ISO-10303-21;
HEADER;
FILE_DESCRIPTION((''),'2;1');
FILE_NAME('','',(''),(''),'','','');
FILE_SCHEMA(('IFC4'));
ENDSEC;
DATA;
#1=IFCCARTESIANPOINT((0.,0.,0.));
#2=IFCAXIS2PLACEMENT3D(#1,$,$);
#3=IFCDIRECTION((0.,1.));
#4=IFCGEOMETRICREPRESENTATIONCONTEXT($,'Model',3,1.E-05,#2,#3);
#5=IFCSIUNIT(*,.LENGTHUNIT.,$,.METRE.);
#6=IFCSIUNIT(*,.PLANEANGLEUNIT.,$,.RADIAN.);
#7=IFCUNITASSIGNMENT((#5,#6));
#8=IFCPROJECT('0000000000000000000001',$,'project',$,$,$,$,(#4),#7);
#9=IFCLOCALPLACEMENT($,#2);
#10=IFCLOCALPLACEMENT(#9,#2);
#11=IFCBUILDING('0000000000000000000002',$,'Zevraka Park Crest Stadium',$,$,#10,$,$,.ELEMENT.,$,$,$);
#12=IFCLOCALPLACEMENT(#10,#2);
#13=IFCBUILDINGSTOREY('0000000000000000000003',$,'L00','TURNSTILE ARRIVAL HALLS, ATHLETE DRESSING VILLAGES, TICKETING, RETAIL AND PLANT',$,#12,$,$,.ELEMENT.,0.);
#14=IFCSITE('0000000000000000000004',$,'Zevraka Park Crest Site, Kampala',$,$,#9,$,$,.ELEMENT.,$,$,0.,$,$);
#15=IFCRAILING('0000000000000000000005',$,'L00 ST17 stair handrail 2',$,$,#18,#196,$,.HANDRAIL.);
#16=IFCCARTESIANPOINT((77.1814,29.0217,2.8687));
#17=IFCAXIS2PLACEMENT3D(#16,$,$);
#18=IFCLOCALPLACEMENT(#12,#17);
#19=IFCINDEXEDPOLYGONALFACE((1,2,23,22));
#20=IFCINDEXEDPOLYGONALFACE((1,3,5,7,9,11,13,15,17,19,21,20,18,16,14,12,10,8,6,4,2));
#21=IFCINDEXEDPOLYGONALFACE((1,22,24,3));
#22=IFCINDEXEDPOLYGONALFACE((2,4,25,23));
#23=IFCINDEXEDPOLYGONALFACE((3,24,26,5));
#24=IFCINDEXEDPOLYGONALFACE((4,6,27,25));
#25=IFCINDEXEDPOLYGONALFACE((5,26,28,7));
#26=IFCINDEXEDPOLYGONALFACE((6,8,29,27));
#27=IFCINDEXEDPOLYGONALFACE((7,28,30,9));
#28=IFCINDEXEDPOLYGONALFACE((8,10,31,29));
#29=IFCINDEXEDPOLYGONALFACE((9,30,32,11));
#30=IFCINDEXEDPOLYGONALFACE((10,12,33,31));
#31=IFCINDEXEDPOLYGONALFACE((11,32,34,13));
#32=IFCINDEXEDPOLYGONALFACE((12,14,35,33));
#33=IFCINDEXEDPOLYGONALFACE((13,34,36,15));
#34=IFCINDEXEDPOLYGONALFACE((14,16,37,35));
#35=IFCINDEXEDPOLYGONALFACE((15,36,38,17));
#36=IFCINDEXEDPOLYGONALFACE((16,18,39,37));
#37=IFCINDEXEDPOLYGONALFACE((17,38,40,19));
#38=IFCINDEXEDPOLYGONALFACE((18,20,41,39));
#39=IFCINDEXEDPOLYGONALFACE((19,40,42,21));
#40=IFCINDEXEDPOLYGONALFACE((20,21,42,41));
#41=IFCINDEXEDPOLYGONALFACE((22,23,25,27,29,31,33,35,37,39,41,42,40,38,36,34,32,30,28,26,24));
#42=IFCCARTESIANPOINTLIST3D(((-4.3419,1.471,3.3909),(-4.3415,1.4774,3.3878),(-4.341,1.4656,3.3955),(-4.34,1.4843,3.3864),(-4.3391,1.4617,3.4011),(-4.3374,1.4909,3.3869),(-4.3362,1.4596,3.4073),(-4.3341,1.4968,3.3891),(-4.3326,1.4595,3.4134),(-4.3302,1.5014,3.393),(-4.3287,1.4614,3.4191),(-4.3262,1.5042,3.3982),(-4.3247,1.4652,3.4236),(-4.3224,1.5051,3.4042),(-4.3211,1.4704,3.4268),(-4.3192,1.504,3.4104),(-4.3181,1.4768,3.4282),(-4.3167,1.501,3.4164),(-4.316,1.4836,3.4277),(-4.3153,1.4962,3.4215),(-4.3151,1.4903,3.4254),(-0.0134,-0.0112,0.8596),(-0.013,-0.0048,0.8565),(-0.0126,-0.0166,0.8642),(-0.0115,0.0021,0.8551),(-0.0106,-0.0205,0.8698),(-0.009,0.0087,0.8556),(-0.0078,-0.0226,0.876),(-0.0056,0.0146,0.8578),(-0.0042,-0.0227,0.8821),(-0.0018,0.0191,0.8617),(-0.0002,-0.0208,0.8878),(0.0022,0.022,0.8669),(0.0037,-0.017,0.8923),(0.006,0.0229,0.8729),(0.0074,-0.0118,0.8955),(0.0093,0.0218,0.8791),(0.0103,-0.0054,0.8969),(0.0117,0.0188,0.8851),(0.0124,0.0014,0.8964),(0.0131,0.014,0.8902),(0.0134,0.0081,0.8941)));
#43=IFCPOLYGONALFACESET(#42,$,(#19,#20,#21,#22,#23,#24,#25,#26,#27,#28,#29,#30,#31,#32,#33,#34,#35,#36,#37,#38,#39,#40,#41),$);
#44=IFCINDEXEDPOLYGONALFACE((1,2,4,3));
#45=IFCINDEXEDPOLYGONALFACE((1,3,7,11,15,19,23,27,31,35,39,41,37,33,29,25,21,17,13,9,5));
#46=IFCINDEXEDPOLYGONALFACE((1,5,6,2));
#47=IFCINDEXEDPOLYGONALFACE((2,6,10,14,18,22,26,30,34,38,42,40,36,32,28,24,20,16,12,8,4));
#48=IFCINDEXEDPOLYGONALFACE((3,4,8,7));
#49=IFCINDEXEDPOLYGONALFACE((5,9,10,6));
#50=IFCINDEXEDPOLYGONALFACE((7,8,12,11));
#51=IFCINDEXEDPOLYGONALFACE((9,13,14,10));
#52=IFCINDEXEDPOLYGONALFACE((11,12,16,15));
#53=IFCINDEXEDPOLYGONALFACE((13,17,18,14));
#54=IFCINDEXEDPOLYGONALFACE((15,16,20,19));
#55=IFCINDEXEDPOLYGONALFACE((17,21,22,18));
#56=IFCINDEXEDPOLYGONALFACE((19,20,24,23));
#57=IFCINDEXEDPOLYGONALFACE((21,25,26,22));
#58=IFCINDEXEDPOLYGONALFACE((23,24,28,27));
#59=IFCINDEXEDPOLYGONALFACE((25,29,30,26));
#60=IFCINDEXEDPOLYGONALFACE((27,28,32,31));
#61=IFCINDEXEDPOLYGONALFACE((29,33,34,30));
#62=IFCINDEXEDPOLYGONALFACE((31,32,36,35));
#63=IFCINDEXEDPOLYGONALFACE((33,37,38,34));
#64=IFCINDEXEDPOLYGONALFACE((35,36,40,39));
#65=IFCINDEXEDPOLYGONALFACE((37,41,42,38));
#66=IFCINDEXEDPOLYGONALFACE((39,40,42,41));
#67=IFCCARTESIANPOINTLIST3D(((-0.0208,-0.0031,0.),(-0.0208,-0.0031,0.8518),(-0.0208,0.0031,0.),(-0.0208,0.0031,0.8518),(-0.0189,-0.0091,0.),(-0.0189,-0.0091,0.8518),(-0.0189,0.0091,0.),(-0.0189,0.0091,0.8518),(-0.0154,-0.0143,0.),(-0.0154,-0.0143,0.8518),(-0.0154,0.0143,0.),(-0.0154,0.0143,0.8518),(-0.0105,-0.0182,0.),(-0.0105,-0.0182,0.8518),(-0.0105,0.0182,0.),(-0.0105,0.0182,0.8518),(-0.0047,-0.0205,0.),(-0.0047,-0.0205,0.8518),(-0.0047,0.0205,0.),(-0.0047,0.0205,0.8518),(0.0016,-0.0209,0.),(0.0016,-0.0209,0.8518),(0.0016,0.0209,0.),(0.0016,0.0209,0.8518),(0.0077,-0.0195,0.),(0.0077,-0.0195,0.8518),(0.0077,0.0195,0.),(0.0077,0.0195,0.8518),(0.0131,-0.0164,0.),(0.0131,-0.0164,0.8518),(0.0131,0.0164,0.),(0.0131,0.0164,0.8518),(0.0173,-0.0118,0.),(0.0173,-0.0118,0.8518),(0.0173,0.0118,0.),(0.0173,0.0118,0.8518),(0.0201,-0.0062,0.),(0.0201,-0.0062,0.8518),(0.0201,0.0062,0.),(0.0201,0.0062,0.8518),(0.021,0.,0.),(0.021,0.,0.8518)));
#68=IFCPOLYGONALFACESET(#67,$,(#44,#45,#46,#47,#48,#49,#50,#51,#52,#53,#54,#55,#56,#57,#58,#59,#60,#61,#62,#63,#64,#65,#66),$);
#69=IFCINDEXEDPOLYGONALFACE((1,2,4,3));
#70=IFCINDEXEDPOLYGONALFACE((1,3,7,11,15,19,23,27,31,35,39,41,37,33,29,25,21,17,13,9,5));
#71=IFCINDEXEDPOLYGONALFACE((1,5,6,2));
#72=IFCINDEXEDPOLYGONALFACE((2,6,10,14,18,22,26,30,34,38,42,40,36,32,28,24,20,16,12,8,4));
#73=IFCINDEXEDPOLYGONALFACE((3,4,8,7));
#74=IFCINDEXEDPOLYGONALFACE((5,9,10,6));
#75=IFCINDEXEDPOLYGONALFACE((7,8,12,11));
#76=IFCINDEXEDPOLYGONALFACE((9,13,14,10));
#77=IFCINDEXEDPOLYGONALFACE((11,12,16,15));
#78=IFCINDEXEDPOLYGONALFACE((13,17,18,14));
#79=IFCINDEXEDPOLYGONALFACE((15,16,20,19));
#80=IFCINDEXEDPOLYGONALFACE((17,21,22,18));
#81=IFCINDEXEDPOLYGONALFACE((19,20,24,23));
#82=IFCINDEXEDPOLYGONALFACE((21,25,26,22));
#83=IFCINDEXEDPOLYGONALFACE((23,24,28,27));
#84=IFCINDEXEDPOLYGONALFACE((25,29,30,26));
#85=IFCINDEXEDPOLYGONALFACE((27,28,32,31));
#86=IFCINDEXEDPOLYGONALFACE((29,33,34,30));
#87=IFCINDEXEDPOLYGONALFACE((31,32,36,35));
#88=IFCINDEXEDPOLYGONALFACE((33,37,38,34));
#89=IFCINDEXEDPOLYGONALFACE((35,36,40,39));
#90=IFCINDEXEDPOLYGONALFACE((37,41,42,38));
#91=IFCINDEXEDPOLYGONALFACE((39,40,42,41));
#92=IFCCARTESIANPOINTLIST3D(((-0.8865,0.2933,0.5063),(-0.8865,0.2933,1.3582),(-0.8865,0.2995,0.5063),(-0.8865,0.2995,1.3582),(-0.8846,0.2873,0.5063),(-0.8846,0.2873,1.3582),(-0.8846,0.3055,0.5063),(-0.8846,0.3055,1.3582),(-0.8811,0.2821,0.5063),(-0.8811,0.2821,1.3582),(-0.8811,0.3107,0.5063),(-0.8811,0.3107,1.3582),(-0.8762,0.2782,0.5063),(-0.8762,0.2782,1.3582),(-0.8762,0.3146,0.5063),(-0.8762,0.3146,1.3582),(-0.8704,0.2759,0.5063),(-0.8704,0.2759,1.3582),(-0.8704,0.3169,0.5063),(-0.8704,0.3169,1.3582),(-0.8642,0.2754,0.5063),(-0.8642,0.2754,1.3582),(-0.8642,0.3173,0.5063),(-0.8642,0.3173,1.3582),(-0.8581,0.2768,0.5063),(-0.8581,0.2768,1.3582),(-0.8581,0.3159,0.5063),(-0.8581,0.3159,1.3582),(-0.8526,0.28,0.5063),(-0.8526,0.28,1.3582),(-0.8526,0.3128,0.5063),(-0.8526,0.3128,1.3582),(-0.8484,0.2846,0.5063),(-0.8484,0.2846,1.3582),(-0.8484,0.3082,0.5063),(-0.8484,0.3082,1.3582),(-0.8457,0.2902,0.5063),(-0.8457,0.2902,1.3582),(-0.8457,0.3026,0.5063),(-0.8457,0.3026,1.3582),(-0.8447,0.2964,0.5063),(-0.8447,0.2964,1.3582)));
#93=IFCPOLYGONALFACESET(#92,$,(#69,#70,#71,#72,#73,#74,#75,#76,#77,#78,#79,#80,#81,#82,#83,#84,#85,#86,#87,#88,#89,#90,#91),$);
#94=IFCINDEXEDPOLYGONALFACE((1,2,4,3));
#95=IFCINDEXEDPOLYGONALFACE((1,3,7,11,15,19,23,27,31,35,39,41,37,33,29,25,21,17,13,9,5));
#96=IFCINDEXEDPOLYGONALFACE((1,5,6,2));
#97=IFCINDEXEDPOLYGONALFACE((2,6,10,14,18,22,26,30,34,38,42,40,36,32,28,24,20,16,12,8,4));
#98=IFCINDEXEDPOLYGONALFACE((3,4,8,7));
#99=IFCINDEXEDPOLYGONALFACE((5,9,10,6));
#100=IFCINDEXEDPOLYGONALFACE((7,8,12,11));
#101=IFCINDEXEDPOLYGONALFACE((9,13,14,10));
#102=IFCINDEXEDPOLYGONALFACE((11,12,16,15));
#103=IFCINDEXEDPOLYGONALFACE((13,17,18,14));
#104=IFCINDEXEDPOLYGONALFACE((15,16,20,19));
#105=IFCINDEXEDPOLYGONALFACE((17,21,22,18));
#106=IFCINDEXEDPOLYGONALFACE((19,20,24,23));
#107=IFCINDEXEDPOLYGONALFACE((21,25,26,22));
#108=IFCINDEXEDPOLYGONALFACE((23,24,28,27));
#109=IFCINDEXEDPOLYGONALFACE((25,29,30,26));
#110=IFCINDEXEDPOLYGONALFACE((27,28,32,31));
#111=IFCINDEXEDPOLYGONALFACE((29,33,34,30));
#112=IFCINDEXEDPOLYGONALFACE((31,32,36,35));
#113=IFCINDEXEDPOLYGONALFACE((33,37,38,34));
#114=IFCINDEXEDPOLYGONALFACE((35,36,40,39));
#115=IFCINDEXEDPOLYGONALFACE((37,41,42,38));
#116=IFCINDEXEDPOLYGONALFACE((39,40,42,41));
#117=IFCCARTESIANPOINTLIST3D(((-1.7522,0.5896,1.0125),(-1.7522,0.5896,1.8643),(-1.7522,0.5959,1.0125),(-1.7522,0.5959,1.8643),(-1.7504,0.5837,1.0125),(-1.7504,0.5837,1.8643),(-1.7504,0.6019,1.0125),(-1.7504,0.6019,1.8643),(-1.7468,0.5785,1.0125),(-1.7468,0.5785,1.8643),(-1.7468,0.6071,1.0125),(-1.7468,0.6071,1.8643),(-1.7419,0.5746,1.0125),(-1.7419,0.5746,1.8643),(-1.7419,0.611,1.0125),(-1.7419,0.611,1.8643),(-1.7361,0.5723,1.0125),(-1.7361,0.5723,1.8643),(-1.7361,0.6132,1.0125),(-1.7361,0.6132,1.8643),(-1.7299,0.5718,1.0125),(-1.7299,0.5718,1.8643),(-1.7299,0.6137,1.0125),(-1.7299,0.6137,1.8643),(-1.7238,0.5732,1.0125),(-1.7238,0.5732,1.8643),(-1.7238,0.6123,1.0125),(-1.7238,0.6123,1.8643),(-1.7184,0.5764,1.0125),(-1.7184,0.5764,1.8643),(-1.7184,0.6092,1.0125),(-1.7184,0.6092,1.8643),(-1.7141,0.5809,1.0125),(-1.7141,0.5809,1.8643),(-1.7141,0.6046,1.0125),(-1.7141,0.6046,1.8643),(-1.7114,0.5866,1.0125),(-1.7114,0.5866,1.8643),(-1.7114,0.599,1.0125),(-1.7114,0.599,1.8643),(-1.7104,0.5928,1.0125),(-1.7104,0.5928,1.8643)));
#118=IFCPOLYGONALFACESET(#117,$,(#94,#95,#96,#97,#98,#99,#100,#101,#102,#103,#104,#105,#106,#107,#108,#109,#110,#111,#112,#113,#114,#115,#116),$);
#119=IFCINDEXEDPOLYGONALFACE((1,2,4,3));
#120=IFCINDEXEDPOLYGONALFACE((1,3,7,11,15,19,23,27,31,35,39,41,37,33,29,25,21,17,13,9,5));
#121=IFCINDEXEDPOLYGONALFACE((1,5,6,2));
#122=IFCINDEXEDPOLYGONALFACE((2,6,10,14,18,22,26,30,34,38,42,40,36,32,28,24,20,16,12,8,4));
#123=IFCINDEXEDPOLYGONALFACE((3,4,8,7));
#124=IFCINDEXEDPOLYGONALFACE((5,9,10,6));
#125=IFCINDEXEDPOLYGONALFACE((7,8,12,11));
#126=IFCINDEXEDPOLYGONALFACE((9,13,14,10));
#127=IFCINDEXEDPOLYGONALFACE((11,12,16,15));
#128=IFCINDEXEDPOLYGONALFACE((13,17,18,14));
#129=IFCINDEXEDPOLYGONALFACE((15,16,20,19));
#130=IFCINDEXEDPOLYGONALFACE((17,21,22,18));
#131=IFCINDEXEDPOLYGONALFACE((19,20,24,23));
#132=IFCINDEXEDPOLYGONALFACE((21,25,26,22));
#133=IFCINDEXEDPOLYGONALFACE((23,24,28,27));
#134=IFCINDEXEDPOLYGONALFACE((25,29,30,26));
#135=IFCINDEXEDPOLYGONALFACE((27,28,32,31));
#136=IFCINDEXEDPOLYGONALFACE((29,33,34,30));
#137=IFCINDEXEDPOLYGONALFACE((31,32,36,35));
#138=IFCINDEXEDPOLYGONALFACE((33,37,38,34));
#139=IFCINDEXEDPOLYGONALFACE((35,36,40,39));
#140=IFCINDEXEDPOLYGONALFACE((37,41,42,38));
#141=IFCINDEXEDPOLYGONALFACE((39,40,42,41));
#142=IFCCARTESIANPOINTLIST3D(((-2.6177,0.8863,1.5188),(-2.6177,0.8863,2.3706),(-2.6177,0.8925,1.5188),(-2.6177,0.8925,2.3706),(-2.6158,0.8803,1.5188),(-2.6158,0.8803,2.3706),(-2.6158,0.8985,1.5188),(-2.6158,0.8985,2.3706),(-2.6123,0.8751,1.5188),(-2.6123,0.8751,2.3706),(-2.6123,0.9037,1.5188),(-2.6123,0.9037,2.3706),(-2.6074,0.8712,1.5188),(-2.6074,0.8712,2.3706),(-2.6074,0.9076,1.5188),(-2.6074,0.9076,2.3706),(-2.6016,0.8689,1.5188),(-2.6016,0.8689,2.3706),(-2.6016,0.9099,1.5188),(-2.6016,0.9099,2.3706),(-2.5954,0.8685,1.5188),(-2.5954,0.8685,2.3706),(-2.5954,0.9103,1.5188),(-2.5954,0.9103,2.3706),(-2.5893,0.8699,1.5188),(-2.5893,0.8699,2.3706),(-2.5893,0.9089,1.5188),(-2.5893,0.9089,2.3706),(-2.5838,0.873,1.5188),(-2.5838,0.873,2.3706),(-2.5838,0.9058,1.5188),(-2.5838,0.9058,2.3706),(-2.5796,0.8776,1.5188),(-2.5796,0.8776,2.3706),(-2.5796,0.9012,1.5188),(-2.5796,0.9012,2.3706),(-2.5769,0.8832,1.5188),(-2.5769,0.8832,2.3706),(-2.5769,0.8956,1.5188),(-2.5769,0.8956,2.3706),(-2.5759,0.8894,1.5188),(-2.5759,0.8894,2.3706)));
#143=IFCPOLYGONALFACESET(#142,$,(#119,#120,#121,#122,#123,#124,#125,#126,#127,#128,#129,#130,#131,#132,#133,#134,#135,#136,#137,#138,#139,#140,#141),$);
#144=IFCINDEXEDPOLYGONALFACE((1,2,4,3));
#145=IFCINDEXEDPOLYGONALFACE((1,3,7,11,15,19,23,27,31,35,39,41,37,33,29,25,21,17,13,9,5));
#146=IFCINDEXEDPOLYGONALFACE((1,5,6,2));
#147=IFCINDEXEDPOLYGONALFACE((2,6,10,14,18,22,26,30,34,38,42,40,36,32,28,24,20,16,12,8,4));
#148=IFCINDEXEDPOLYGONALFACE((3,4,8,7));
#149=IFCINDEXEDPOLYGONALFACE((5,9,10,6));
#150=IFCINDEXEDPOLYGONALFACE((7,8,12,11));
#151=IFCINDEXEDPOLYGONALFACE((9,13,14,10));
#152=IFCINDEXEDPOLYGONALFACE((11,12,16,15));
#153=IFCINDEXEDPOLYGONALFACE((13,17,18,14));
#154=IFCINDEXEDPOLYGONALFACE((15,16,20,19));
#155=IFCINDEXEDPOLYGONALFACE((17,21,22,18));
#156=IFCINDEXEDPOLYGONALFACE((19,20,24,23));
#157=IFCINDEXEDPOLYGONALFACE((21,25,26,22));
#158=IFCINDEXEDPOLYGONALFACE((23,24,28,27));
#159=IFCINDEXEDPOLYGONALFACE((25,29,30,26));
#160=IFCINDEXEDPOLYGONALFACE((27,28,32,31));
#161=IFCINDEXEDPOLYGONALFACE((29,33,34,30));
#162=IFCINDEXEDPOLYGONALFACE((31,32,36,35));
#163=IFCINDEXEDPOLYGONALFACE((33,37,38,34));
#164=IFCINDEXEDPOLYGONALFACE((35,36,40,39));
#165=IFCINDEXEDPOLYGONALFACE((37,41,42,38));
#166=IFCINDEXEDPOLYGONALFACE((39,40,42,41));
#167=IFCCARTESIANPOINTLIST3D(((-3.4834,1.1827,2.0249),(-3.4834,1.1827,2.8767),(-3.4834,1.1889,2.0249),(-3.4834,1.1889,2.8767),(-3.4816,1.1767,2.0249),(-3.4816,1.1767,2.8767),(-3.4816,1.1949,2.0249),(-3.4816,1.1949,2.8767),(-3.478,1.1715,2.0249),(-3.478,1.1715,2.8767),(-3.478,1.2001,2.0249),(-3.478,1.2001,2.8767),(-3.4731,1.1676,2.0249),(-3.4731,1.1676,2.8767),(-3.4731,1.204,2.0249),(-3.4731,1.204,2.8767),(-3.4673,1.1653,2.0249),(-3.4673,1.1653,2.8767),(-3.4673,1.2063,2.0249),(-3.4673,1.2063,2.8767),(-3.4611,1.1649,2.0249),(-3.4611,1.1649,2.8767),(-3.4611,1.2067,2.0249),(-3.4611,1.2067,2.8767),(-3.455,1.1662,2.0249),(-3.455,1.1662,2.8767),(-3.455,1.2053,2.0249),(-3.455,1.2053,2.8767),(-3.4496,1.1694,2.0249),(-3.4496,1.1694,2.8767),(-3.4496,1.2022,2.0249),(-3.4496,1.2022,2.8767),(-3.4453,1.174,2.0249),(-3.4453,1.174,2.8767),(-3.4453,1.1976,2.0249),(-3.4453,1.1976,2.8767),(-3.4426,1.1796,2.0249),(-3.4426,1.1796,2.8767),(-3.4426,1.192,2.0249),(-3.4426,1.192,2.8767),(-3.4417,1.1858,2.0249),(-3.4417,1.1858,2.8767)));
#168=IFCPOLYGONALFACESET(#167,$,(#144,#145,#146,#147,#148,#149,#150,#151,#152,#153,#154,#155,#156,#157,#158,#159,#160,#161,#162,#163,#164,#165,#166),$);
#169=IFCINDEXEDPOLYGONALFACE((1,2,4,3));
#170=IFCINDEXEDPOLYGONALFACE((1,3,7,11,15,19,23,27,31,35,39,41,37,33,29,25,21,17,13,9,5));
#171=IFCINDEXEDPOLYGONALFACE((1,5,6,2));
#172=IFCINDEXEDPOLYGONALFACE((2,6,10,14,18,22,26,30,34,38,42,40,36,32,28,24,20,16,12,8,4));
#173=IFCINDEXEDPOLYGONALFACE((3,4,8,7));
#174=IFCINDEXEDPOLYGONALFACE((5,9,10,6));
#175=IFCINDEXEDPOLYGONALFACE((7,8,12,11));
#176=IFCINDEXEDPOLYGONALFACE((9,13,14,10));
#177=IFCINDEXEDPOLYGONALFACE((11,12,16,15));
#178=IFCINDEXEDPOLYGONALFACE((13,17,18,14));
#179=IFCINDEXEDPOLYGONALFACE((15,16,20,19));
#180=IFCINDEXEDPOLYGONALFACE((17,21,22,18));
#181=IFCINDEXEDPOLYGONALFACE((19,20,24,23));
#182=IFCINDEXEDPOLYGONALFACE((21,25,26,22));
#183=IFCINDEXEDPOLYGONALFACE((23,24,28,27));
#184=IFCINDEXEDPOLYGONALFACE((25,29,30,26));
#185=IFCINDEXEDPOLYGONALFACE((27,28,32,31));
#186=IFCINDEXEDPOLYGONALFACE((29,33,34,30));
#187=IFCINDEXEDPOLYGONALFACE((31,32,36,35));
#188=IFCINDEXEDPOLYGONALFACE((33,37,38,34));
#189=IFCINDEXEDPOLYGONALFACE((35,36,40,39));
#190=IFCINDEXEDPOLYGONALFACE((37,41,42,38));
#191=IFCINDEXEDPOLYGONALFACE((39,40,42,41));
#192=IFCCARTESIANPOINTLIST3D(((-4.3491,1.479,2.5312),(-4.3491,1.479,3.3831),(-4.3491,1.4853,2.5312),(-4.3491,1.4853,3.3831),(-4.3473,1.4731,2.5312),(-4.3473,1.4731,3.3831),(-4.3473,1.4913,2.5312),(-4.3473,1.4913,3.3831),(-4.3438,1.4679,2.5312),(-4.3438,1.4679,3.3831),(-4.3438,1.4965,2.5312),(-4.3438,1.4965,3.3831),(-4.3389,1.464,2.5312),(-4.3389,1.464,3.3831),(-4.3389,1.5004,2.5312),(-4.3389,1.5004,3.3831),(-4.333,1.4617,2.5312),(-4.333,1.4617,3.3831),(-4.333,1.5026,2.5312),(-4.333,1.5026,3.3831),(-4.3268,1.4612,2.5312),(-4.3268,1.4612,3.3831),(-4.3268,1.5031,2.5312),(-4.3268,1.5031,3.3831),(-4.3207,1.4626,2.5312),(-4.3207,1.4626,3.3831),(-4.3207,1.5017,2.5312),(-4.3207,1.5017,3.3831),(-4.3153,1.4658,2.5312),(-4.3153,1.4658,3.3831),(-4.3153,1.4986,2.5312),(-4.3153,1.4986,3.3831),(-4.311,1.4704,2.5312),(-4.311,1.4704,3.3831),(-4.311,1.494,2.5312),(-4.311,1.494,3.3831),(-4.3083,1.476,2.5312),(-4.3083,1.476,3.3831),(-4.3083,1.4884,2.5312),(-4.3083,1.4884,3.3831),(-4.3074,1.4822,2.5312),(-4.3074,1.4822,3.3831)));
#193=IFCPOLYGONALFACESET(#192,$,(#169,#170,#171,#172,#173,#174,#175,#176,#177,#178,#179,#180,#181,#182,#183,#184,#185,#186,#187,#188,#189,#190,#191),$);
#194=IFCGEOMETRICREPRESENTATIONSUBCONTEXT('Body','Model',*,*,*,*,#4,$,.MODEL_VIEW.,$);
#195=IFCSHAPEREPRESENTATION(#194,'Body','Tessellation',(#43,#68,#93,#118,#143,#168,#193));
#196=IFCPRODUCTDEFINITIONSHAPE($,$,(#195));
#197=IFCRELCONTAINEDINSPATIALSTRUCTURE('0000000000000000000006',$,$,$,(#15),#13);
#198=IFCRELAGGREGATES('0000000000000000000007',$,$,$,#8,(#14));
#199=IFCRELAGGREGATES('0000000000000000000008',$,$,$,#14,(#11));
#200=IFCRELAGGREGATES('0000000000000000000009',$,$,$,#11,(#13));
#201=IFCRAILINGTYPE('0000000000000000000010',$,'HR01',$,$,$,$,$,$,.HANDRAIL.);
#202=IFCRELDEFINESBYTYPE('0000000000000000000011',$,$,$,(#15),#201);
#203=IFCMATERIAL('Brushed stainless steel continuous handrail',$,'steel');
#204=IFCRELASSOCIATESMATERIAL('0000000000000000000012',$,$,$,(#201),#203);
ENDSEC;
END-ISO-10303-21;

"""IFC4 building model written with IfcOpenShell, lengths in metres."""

from ifc_helpers import new_model, si_unit, direction, frame, origin, origin_2d, place, context, subcontext, project, spatial, circle, extrude, material, type_object, element, save


model = new_model("IFC4")

# Units and contexts
model_context = context("Model", 3, precision=1e-05, world=origin(), true_north=direction((0.0, 1.0)))
body_context = subcontext(model_context, "Body", "Model", "MODEL_VIEW")
ifc_project = project(units=[si_unit("LENGTHUNIT", "METRE"), si_unit("PLANEANGLEUNIT", "RADIAN")], contexts=[model_context])

# Site, building, storey
site_placement = place(None, origin())
site = spatial("IfcSite", under=ifc_project, at=site_placement, Name="Zevraka Park Crest Site, Kampala", CompositionType="ELEMENT", RefElevation=0.0)
building_placement = place(site_placement, origin())
building = spatial("IfcBuilding", under=site, at=building_placement, Name="Zevraka Park Crest Stadium", CompositionType="ELEMENT")
storey_placement = place(building_placement, origin())
storey = spatial("IfcBuildingStorey", under=building, at=storey_placement, Name="L00", Description="TURNSTILE ARRIVAL HALLS, ATHLETE DRESSING VILLAGES, TICKETING, RETAIL AND PLANT", CompositionType="ELEMENT", Elevation=0.0)

# Railing
ifc_material_1 = material(Name="Brushed stainless steel continuous handrail", Category="steel")
railing_type_1 = type_object("IfcRailingType", Name="HR01", PredefinedType="HANDRAIL", material=ifc_material_1)
railing_1_placement = place(storey_placement, frame((77.1814, 29.0217, 2.8687)))
element("IfcRailing", 1, at=railing_1_placement, inside=storey, type_object=railing_type_1, Name="L00 ST17 stair handrail 2", PredefinedType="HANDRAIL", context=body_context, shape_type="SweptSolid", body=[
    extrude(circle(Radius=0.0239, at=origin_2d()), frame((0.0, 0.0, 0.876), z_axis=(-0.827817, 0.283472, 0.484111), x_axis=(-0.323965, -0.946069, 0.0)), (0.0, 0.0, 1.0), 5.2288),
    extrude(circle(Radius=0.021, at=origin_2d()), origin(), (0.0, 0.0, 1.0), 0.8518),
    extrude(circle(Radius=0.021, at=origin_2d()), frame((-0.8657, 0.2964, 0.5063)), (0.0, 0.0, 1.0), 0.8518),
    extrude(circle(Radius=0.021, at=origin_2d()), frame((-1.7314, 0.5928, 1.0125)), (0.0, 0.0, 1.0), 0.8518),
    extrude(circle(Radius=0.021, at=origin_2d()), frame((-2.5969, 0.8894, 1.5188)), (0.0, 0.0, 1.0), 0.8518),
    extrude(circle(Radius=0.021, at=origin_2d()), frame((-3.4626, 1.1858, 2.0249)), (0.0, 0.0, 1.0), 0.8518),
    extrude(circle(Radius=0.021, at=origin_2d()), frame((-4.3284, 1.4822, 2.5312)), (0.0, 0.0, 1.0), 0.8518),
])

save(model, "model.ifc")
